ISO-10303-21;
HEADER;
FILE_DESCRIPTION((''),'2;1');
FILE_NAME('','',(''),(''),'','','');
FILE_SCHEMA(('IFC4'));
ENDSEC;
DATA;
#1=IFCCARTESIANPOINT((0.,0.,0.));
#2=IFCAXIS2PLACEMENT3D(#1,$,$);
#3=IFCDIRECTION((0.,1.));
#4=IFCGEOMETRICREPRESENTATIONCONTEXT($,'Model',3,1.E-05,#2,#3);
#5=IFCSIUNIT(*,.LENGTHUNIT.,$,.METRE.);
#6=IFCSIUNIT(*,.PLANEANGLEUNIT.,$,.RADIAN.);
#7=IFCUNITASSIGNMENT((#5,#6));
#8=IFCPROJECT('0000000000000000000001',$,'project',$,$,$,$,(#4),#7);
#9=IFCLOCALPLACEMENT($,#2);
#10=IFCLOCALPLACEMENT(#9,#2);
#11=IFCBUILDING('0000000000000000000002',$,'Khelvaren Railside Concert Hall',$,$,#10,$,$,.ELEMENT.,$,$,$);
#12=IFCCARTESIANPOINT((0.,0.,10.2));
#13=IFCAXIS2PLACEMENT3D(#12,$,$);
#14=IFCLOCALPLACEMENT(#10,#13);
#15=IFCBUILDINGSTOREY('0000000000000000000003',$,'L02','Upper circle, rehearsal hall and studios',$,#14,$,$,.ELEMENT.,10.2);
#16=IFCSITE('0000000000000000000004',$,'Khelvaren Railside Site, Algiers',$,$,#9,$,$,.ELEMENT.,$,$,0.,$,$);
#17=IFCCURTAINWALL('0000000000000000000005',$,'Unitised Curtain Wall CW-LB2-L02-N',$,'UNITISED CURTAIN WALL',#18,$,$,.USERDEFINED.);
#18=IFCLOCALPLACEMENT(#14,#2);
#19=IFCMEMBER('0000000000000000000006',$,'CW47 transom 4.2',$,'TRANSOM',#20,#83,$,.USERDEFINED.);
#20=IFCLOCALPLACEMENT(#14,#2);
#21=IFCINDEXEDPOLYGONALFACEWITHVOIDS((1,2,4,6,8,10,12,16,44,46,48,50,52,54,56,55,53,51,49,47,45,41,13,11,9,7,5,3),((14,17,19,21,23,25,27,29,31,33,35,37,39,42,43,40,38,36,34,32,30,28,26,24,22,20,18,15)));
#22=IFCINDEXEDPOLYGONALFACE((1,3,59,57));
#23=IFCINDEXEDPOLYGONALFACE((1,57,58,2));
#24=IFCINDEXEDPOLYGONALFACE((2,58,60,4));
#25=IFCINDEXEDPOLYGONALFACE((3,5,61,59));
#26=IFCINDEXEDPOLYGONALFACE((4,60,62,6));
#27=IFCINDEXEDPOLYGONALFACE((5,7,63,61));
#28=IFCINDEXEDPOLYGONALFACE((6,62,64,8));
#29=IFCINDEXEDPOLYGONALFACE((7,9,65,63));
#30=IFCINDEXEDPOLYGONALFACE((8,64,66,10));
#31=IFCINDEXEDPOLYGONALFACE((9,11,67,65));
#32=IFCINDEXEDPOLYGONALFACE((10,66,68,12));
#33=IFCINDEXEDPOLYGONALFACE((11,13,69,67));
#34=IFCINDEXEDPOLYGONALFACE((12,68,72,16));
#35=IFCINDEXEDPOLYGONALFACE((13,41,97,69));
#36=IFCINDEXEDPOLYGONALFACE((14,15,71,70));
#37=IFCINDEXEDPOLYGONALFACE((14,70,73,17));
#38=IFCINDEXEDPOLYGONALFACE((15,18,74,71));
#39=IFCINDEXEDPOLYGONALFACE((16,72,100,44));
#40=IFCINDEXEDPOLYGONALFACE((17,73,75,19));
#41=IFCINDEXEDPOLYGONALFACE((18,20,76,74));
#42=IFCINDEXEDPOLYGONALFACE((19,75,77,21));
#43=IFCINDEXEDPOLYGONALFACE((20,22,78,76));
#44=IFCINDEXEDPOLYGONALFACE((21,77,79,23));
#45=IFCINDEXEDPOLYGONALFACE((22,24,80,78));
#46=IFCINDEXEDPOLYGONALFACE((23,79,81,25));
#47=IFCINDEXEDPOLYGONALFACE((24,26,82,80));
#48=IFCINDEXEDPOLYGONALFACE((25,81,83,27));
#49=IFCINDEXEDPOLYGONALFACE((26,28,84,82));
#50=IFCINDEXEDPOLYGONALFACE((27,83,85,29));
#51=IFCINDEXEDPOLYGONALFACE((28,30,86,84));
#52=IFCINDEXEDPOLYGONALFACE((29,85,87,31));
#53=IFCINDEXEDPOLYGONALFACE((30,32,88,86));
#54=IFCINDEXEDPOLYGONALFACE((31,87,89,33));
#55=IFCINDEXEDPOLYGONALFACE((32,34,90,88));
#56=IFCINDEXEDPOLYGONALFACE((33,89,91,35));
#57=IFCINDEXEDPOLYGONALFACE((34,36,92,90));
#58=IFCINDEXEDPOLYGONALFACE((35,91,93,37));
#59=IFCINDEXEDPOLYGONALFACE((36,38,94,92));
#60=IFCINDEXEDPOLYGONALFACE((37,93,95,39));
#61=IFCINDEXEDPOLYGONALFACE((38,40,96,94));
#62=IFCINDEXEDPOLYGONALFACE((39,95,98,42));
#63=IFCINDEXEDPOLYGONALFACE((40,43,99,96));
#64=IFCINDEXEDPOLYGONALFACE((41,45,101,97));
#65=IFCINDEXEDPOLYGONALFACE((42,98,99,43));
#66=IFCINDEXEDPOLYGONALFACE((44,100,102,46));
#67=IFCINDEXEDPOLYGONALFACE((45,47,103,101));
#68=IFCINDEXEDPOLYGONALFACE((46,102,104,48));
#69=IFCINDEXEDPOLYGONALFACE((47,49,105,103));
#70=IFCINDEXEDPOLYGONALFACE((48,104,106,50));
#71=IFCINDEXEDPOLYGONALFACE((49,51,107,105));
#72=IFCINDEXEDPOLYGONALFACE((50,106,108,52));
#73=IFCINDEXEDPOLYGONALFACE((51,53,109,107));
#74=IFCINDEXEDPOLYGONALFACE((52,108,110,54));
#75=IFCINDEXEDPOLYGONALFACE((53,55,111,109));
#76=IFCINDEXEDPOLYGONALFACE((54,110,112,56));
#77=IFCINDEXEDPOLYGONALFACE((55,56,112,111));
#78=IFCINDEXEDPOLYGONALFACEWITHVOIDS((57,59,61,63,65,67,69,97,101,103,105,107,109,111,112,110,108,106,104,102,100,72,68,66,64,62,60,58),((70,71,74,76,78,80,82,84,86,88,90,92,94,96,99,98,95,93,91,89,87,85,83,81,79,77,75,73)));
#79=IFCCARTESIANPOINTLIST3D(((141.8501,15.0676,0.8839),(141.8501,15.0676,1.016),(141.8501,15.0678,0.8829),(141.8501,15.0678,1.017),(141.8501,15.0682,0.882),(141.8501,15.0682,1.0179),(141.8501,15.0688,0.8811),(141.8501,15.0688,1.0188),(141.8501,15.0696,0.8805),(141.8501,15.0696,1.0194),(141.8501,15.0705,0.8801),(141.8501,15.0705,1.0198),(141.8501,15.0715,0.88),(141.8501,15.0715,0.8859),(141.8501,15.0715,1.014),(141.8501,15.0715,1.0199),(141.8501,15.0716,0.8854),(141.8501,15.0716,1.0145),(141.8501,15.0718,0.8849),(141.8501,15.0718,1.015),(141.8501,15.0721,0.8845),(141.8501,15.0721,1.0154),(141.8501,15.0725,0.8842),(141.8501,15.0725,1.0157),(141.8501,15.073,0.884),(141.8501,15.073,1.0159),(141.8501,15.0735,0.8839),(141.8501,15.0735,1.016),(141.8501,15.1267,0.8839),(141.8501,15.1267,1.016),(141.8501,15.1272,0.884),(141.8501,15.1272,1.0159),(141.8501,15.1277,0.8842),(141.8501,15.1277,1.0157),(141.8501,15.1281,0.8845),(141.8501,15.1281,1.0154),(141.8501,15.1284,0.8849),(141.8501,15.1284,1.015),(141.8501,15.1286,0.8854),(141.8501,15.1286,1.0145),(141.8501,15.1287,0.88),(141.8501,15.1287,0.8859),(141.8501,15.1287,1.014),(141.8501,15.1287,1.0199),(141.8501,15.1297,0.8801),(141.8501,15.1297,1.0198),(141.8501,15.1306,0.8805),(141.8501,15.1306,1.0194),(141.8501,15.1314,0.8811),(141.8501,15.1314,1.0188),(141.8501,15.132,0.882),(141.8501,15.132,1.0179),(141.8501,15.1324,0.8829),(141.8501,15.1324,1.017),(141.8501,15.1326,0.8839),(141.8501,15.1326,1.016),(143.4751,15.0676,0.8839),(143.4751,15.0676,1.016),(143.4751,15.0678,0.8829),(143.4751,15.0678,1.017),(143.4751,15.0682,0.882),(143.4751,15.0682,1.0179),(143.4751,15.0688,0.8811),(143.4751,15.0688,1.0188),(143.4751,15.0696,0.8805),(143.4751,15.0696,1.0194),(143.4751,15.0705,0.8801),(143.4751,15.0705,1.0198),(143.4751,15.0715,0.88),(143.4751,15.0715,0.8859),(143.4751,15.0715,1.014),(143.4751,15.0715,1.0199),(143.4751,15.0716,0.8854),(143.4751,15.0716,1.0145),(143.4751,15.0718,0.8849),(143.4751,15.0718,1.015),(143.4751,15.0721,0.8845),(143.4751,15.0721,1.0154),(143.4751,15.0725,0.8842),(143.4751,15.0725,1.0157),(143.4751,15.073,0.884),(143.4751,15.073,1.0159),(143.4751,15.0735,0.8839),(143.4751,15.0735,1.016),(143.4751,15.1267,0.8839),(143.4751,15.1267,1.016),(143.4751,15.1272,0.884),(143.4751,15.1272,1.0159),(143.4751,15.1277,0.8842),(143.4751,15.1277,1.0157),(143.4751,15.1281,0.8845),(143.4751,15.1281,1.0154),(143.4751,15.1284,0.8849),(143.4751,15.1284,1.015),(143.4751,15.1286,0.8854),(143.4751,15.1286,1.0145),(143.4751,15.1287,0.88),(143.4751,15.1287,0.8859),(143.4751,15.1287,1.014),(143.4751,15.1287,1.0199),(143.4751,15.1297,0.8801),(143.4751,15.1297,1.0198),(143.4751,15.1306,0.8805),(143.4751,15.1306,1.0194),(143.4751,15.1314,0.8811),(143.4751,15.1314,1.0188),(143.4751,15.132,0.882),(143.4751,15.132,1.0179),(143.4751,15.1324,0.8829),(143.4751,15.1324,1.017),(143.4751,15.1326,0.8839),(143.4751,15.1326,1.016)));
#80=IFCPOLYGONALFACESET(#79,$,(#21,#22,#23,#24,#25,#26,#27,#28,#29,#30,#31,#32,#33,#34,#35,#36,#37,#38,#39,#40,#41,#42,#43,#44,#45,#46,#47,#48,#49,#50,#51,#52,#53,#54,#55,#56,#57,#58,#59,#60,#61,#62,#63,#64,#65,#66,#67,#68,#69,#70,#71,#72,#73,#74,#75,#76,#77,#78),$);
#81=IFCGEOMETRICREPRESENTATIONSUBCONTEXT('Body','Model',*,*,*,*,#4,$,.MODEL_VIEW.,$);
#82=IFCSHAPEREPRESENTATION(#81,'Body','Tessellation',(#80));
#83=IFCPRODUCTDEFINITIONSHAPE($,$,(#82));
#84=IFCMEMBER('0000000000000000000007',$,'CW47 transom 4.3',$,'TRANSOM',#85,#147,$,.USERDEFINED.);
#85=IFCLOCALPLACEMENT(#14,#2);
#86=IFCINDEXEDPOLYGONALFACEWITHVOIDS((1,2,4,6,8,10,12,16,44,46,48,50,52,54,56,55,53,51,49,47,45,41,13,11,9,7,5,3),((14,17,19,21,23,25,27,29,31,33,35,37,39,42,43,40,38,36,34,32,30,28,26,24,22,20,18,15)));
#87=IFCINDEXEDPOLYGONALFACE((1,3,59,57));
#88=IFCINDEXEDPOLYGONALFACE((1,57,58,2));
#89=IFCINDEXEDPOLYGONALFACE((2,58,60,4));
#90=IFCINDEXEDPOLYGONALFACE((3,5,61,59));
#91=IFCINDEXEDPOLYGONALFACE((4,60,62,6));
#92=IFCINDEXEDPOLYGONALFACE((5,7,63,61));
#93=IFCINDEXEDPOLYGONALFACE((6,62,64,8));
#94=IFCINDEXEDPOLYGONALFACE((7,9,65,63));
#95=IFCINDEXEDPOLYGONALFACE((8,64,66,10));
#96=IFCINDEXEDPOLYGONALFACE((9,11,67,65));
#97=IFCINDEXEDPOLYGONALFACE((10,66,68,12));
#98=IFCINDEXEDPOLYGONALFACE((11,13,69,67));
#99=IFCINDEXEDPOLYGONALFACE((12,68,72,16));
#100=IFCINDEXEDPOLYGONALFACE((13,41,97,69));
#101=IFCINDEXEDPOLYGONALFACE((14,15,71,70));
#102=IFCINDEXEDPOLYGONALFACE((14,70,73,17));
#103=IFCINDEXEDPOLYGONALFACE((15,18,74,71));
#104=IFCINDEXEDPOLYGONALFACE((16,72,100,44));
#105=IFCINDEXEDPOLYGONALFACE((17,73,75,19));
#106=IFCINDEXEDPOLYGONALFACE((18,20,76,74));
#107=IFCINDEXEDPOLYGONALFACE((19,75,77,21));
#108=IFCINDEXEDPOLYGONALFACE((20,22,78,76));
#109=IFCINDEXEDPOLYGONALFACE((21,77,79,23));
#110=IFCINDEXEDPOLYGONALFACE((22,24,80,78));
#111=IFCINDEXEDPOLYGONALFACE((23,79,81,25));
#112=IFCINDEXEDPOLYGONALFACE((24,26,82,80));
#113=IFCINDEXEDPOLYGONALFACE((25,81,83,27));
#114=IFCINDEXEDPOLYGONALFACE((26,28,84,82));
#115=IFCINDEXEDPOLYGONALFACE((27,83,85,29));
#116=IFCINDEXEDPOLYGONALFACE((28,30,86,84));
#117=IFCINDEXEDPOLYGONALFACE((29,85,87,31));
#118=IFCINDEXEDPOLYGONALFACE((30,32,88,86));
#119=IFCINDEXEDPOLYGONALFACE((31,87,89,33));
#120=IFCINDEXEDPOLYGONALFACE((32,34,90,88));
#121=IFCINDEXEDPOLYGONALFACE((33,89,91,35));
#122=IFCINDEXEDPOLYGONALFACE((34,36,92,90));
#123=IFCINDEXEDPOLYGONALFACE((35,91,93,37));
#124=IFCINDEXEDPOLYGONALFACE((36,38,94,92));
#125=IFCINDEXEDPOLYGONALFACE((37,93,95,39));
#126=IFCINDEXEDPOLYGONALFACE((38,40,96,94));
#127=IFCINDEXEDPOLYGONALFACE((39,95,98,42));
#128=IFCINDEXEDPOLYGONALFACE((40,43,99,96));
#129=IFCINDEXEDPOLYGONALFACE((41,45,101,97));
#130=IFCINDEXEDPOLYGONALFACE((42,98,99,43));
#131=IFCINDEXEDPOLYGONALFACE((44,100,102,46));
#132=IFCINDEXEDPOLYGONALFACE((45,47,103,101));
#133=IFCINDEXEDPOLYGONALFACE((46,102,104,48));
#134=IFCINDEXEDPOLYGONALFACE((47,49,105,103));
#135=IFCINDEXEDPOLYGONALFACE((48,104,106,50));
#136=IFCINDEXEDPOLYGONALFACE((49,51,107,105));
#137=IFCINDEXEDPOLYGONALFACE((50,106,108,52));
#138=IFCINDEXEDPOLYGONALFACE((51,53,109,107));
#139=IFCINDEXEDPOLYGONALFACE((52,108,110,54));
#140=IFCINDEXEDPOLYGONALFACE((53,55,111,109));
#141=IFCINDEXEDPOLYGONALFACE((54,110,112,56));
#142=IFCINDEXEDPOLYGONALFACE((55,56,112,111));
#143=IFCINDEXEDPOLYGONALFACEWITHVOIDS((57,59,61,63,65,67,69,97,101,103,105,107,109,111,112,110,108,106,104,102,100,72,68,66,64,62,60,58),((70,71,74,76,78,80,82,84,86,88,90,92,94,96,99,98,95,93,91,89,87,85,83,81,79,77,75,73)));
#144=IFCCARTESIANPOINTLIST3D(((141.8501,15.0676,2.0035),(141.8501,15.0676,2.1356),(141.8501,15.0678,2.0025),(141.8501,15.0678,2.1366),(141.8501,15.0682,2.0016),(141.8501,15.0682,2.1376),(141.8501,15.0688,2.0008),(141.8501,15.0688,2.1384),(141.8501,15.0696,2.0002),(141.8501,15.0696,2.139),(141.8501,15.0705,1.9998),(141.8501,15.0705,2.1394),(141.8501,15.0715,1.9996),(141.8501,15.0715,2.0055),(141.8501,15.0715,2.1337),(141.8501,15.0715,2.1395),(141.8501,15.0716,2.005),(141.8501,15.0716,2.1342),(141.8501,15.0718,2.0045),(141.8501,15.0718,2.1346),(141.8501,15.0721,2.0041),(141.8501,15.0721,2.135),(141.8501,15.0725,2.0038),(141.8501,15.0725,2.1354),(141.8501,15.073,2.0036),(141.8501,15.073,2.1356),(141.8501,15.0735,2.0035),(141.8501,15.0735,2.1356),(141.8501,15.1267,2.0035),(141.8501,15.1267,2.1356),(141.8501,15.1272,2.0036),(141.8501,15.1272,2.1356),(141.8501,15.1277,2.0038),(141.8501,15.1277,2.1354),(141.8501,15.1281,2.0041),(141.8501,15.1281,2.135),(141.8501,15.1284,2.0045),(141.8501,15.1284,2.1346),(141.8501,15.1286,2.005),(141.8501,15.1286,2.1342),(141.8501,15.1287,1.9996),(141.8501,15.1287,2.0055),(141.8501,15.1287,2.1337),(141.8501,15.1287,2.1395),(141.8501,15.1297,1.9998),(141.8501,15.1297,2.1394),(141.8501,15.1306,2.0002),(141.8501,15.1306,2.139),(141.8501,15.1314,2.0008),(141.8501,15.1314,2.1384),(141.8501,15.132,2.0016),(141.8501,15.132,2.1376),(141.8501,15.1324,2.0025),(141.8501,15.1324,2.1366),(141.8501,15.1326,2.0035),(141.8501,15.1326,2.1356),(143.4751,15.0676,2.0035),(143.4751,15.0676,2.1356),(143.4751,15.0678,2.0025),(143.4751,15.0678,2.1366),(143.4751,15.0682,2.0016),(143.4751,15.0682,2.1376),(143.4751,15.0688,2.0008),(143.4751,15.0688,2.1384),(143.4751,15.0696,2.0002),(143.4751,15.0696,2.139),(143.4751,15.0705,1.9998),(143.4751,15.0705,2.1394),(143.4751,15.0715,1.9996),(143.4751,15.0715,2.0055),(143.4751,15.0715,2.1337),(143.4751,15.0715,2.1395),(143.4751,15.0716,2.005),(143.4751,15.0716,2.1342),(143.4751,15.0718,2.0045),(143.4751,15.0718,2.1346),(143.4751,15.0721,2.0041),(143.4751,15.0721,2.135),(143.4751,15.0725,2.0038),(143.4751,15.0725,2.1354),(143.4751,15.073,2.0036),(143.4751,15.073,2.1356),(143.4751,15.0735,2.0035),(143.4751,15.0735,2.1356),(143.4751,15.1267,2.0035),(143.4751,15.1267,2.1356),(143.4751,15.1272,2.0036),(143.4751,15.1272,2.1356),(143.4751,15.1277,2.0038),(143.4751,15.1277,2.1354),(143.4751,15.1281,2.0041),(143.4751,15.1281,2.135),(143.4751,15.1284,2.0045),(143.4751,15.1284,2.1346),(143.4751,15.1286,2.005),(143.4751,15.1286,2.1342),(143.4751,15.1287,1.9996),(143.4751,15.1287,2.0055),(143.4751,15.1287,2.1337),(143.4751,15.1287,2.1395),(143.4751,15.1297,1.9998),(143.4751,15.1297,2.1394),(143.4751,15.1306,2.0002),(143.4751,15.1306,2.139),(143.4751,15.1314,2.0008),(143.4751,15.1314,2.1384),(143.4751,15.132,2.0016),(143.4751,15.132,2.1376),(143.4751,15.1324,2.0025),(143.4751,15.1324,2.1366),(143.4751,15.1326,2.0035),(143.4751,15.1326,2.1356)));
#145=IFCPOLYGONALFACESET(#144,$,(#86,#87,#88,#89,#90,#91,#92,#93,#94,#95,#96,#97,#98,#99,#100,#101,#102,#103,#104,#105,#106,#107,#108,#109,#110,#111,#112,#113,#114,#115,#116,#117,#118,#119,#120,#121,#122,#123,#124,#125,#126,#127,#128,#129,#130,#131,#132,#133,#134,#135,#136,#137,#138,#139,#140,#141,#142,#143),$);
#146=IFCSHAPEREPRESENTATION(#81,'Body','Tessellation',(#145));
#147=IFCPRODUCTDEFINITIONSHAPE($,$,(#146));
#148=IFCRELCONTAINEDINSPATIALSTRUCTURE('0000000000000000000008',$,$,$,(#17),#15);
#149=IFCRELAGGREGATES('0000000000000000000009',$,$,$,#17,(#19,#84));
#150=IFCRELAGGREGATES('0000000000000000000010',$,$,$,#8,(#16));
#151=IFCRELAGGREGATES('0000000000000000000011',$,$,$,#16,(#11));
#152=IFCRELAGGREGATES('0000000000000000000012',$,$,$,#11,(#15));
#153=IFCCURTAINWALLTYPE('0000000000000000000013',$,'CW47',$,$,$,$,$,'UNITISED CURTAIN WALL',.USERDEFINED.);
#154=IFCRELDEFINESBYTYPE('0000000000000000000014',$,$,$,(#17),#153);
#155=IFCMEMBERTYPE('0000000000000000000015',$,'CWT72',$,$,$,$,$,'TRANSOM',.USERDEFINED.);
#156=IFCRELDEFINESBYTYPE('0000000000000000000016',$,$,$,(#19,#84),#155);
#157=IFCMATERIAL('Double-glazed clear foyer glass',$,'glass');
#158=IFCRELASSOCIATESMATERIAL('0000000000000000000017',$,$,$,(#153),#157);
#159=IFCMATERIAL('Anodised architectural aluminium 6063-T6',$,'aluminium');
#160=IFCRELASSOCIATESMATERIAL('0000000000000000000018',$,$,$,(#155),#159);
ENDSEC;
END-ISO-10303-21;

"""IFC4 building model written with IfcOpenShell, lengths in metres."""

from ifc_helpers import new_model, si_unit, direction, frame, origin, origin_2d, place, context, subcontext, project, spatial, hollow_rectangle, extrude, material, material_profile, profile_set, type_object, element, aggregate, save


model = new_model("IFC4")

# Units and contexts
model_context = context("Model", 3, precision=1e-05, world=origin(), true_north=direction((0.0, 1.0)))
body_context = subcontext(model_context, "Body", "Model", "MODEL_VIEW")
ifc_project = project(units=[si_unit("LENGTHUNIT", "METRE"), si_unit("PLANEANGLEUNIT", "RADIAN")], contexts=[model_context])

# Site, building, storey
site_placement = place(None, origin())
site = spatial("IfcSite", under=ifc_project, at=site_placement, Name="Khelvaren Railside Site, Algiers", CompositionType="ELEMENT", RefElevation=0.0)
building_placement = place(site_placement, origin())
building = spatial("IfcBuilding", under=site, at=building_placement, Name="Khelvaren Railside Concert Hall", CompositionType="ELEMENT")
storey_placement = place(building_placement, frame((0.0, 0.0, 10.2)))
storey = spatial("IfcBuildingStorey", under=building, at=storey_placement, Name="L02", Description="Upper circle, rehearsal hall and studios", CompositionType="ELEMENT", Elevation=10.2)

# Curtain wall
ifc_material_1 = material(Name="Double-glazed clear foyer glass", Category="glass")
ifc_material_2 = material(Name="Anodised architectural aluminium 6063-T6", Category="aluminium")
curtain_wall_type_1 = type_object("IfcCurtainWallType", Name="CW47", ElementType="UNITISED CURTAIN WALL", PredefinedType="USERDEFINED", material=ifc_material_1)
curtain_wall_1_placement = place(storey_placement, origin())
curtain_wall_1 = element("IfcCurtainWall", 1, at=curtain_wall_1_placement, inside=storey, type_object=curtain_wall_type_1, Name="Unitised Curtain Wall CW-LB2-L02-N", ObjectType="UNITISED CURTAIN WALL", PredefinedType="USERDEFINED")

# Members
ifc_material_profile_1 = material_profile(ifc_material_2, hollow_rectangle(XDim=0.0649, YDim=0.1399, WallThickness=0.0039, InnerFilletRadius=0.002, OuterFilletRadius=0.0039, at=origin_2d()), Name="CWT 65x140x4")
ifc_profile_set_1 = profile_set([ifc_material_profile_1], Name="Anodised architectural aluminium 6063-T6")
member_type_1 = type_object("IfcMemberType", Name="CWT72", ElementType="TRANSOM", PredefinedType="USERDEFINED", material=ifc_profile_set_1)
member_1_placement = place(storey_placement, frame((141.8501, 15.1001, 0.95), z_axis=(1.0, 0.0, 0.0), x_axis=(0.0, 1.0, 0.0)))
member_1 = element("IfcMember", 2, at=member_1_placement, type_object=member_type_1, Name="CW47 transom 4.2", ObjectType="TRANSOM", PredefinedType="USERDEFINED", context=body_context, shape_type="SweptSolid", body=[
    extrude(hollow_rectangle(XDim=0.0649, YDim=0.1399, WallThickness=0.0039, InnerFilletRadius=0.002, OuterFilletRadius=0.0039, at=origin_2d()), origin(), (0.0, 0.0, 1.0), 1.625),
])
member_2_placement = place(storey_placement, frame((141.8501, 15.1001, 2.0696), z_axis=(1.0, 0.0, 0.0), x_axis=(0.0, 1.0, 0.0)))
member_2 = element("IfcMember", 3, at=member_2_placement, type_object=member_type_1, Name="CW47 transom 4.3", ObjectType="TRANSOM", PredefinedType="USERDEFINED", context=body_context, shape_type="SweptSolid", body=[
    extrude(hollow_rectangle(XDim=0.0649, YDim=0.1399, WallThickness=0.0039, InnerFilletRadius=0.002, OuterFilletRadius=0.0039, at=origin_2d()), origin(), (0.0, 0.0, 1.0), 1.625),
])

aggregate(curtain_wall_1, [member_1, member_2])

save(model, "model.ifc")
